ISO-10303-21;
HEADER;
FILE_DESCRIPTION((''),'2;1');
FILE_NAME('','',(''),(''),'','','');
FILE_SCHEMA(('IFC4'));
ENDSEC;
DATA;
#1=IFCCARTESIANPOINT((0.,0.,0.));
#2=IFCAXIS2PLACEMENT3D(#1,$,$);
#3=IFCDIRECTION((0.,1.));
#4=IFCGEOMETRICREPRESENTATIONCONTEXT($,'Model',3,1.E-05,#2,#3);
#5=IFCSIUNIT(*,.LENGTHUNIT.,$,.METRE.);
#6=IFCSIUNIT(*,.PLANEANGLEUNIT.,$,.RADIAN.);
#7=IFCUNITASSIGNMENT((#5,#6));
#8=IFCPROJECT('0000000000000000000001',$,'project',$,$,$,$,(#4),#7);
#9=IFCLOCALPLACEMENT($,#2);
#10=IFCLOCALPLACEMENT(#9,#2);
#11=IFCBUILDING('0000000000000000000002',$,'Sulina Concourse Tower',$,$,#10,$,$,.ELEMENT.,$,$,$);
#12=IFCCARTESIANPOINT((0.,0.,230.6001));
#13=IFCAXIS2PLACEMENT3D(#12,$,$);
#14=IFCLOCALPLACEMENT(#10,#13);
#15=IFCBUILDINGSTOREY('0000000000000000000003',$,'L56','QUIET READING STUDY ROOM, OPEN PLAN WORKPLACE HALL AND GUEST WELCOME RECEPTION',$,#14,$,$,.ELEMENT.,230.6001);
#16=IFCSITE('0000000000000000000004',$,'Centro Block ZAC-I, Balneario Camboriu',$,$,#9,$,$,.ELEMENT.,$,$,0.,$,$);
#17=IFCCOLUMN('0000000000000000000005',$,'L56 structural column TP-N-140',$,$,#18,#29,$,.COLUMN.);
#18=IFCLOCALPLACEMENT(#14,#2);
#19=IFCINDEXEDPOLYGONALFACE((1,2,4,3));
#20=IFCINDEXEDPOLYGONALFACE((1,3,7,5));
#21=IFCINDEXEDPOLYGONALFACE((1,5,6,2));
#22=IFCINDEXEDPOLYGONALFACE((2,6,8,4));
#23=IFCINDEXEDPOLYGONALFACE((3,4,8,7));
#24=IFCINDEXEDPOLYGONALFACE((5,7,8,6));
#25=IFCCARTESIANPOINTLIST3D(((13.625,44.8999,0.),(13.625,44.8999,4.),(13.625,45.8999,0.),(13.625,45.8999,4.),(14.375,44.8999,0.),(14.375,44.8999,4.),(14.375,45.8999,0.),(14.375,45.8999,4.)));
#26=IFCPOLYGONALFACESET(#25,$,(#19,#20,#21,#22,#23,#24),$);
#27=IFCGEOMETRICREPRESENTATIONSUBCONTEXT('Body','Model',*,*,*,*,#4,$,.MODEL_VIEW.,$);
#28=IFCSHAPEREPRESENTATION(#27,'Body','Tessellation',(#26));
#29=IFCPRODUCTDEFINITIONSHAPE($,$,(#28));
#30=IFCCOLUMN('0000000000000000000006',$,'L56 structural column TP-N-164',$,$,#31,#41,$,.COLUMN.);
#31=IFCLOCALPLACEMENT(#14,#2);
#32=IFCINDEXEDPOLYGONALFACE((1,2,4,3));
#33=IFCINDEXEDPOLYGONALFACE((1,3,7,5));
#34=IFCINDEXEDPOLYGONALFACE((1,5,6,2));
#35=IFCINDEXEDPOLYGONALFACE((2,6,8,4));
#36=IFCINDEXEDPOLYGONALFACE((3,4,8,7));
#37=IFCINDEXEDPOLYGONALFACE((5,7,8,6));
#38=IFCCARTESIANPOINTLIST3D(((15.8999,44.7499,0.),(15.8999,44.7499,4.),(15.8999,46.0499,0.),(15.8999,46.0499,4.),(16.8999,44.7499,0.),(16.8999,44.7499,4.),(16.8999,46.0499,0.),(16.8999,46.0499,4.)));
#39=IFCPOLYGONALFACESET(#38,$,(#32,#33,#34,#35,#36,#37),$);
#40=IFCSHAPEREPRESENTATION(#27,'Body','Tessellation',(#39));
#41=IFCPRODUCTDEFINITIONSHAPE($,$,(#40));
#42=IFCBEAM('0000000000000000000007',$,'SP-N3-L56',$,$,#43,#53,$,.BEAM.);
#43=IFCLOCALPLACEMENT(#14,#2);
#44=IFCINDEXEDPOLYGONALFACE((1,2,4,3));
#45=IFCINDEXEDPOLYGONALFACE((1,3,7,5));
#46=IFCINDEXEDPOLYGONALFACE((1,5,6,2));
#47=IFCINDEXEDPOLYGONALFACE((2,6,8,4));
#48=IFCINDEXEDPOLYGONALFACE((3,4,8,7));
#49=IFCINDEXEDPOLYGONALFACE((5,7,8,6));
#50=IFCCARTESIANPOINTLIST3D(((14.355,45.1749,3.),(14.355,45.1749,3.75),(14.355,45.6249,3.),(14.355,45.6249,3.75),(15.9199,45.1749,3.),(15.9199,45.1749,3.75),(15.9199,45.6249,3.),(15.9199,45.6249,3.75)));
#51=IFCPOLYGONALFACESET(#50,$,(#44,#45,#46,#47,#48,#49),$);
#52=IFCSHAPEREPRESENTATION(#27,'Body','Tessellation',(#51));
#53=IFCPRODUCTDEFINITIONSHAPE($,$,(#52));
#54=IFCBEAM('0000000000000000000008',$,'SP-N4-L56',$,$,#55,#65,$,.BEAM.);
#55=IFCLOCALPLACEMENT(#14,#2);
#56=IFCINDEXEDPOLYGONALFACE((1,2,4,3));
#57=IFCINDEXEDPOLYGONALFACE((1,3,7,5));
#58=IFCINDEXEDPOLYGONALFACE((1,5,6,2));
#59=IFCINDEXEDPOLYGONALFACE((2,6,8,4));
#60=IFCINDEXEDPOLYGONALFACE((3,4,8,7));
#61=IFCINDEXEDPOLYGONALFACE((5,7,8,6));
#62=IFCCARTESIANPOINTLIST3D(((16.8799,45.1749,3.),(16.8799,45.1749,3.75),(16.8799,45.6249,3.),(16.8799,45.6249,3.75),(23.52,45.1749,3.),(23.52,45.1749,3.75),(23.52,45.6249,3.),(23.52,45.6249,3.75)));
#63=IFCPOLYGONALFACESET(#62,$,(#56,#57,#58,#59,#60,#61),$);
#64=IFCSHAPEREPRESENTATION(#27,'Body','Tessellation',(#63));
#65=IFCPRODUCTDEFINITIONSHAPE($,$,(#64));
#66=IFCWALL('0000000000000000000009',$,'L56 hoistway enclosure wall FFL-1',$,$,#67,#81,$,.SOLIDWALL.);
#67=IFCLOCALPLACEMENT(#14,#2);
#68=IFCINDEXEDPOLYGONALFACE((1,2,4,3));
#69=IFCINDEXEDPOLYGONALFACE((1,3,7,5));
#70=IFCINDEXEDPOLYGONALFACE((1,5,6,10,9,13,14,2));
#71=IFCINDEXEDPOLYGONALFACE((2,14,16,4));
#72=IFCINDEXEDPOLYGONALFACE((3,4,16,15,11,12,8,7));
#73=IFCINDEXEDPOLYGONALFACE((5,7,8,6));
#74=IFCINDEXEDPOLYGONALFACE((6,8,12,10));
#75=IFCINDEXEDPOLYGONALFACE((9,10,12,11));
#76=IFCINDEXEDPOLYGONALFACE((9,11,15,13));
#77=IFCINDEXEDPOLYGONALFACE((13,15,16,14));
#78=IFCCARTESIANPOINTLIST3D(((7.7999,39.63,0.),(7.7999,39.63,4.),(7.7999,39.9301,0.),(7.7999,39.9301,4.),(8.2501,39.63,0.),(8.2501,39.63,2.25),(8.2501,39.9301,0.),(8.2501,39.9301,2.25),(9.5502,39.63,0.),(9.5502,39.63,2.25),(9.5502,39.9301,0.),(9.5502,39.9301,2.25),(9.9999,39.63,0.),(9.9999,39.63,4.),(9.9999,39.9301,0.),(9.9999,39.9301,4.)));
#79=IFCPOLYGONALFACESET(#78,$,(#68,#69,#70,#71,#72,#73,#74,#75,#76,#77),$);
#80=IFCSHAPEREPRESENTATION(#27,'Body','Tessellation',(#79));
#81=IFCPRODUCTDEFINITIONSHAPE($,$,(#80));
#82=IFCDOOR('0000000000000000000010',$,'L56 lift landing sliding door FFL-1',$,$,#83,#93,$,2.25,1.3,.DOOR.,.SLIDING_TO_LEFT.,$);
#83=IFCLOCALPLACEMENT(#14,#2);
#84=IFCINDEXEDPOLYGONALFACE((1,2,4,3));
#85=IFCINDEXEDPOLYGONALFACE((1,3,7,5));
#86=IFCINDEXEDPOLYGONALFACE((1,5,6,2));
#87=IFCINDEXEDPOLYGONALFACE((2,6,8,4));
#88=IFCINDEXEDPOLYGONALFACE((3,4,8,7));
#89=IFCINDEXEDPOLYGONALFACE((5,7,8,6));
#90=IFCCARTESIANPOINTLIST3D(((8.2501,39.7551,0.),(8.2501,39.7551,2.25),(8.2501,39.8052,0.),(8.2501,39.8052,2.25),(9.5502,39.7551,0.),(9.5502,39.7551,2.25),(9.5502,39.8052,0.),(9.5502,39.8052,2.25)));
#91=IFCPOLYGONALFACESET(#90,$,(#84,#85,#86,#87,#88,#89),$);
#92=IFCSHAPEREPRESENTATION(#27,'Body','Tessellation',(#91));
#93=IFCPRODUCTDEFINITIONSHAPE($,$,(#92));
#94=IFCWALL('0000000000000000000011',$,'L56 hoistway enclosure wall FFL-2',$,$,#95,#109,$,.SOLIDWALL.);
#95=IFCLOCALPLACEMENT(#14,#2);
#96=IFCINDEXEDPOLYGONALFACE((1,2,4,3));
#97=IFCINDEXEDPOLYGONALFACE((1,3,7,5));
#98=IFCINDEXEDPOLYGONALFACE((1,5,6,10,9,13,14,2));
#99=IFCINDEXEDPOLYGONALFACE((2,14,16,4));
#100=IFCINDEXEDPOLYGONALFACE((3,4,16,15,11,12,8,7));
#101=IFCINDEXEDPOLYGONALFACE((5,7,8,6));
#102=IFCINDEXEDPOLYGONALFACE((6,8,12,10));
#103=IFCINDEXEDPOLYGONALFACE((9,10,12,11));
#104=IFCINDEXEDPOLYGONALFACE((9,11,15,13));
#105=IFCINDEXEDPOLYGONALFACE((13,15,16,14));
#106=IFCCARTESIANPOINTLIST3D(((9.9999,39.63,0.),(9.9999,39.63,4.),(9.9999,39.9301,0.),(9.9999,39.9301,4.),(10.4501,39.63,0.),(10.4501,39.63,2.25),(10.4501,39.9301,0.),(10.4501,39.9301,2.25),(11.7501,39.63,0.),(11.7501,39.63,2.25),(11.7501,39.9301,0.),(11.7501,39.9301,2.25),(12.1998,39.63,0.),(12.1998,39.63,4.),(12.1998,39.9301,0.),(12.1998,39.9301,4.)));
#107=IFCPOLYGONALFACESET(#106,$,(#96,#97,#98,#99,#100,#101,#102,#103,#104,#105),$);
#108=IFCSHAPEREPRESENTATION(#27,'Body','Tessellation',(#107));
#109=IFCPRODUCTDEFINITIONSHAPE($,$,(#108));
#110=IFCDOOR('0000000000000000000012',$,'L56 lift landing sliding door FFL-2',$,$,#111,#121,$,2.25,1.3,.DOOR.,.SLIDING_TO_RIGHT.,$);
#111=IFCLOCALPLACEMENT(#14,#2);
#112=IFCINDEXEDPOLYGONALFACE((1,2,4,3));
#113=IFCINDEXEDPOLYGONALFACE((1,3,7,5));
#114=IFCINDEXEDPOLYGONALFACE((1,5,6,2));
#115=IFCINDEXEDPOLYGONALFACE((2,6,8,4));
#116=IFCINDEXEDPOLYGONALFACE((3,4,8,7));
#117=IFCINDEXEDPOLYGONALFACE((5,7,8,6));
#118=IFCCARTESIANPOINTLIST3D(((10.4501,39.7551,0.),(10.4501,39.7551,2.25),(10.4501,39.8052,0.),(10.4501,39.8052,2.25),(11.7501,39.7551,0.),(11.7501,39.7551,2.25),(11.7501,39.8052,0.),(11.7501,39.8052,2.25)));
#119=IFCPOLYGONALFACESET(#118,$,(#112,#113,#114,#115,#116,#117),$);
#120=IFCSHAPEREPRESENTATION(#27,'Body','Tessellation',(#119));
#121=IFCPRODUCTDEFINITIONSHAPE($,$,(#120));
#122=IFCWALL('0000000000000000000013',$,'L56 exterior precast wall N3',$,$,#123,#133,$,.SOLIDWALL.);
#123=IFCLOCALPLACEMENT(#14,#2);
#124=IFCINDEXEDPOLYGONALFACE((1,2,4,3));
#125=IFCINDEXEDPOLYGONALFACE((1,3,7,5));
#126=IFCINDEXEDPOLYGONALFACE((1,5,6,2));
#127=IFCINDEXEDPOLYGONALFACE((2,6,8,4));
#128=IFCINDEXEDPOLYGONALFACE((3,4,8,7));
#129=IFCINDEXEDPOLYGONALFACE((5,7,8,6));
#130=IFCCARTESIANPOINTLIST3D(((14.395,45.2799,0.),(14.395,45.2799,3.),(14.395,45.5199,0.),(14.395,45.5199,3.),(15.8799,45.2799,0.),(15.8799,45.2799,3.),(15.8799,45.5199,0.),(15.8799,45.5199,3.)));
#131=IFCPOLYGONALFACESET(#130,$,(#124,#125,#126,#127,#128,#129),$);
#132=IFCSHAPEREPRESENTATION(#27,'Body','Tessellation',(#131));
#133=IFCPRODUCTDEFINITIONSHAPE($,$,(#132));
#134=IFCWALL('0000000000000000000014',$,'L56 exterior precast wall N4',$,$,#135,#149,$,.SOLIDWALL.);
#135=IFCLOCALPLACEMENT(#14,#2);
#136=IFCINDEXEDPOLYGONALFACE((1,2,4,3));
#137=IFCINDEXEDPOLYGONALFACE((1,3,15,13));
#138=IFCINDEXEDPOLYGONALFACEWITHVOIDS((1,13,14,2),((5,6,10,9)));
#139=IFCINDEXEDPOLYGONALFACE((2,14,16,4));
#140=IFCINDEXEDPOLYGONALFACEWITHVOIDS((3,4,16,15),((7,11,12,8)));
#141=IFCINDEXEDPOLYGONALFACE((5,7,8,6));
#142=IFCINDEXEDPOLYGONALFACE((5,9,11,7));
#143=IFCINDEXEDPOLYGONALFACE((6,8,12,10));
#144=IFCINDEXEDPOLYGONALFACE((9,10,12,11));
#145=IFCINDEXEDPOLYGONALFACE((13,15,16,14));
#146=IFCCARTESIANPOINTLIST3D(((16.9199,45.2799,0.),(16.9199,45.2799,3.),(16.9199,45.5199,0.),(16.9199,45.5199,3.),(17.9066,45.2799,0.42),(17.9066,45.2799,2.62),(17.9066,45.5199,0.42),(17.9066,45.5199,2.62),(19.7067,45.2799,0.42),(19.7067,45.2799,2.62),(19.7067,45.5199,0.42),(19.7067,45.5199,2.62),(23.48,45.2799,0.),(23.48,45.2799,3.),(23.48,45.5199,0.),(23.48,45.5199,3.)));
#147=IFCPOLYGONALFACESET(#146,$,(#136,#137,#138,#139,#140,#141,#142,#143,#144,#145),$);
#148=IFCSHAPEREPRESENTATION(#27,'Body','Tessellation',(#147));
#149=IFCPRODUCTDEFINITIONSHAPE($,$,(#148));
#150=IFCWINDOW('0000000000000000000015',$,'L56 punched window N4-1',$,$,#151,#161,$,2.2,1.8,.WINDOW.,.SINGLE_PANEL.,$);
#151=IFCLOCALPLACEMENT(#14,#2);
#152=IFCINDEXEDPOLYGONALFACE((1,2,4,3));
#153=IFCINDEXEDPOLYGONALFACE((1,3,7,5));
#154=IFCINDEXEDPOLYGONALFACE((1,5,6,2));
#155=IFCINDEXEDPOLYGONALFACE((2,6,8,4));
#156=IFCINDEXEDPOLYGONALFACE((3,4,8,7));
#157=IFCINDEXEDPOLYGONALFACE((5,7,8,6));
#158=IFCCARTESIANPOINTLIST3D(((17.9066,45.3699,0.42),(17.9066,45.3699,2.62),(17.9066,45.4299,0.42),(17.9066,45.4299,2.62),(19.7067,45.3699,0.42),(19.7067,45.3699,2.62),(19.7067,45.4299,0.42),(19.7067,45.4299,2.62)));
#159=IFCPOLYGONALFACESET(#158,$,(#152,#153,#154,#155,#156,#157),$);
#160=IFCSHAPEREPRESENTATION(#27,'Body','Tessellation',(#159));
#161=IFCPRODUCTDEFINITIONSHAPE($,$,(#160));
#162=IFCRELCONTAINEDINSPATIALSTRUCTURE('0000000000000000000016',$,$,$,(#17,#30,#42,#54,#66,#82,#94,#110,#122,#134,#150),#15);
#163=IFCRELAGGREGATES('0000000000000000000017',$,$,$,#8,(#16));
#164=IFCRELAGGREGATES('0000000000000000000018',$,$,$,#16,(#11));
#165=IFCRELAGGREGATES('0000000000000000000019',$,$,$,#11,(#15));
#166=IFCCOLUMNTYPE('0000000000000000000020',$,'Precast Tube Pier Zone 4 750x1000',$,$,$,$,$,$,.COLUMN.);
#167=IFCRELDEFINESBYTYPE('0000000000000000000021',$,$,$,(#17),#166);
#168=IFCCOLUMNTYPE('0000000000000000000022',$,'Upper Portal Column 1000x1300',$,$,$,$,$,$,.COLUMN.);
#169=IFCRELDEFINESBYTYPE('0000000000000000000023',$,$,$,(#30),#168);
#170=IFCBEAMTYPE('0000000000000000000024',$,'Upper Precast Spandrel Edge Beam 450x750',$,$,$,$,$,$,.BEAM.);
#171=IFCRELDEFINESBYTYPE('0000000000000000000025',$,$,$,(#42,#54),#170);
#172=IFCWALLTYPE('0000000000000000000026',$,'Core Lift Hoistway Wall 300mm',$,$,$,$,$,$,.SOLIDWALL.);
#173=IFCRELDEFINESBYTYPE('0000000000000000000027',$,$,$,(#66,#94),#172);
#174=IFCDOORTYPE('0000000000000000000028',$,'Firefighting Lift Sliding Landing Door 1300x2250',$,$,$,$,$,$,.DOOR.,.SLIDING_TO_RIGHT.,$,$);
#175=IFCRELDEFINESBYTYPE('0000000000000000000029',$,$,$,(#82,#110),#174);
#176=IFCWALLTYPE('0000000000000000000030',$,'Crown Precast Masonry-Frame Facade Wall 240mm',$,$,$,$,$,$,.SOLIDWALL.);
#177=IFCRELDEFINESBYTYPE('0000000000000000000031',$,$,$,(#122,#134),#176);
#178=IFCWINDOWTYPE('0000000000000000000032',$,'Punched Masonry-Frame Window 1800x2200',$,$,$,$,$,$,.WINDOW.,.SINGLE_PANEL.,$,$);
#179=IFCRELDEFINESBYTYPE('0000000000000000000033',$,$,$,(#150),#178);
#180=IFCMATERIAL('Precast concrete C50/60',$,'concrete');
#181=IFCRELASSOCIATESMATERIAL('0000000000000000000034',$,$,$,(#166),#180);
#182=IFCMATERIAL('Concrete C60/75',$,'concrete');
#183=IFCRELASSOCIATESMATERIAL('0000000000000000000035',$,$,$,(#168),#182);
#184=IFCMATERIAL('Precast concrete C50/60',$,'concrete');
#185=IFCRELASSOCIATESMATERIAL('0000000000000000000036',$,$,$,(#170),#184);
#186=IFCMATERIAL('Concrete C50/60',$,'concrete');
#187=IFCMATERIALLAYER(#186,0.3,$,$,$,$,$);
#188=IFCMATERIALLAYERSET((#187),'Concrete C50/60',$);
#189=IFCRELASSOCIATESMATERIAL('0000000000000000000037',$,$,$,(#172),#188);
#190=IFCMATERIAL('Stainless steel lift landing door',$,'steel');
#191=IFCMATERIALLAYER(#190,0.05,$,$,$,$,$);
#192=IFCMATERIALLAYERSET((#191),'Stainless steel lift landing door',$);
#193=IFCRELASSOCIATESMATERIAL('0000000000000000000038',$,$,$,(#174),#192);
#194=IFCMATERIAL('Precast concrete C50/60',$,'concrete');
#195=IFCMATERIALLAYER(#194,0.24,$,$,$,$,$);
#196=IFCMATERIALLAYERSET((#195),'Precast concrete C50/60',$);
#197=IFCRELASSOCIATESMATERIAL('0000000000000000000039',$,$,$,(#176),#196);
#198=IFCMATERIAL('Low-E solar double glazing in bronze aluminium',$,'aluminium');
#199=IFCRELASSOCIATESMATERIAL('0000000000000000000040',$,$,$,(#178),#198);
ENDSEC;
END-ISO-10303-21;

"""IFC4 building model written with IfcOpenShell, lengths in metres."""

from ifc_helpers import new_model, si_unit, direction, frame, frame_2d, origin, origin_2d, place, context, subcontext, project, spatial, rectangle, extrude, material, layer, layer_set, material_profile, profile_set, type_object, element, fill, save


model = new_model("IFC4")

# Units and contexts
model_context = context("Model", 3, precision=1e-05, world=origin(), true_north=direction((0.0, 1.0)))
body_context = subcontext(model_context, "Body", "Model", "MODEL_VIEW")
ifc_project = project(units=[si_unit("LENGTHUNIT", "METRE"), si_unit("PLANEANGLEUNIT", "RADIAN")], contexts=[model_context])

# Site, building, storey
site_placement = place(None, origin())
site = spatial("IfcSite", under=ifc_project, at=site_placement, Name="Centro Block ZAC-I, Balneario Camboriu", CompositionType="ELEMENT", RefElevation=0.0)
building_placement = place(site_placement, origin())
building = spatial("IfcBuilding", under=site, at=building_placement, Name="Sulina Concourse Tower", CompositionType="ELEMENT")
storey_placement = place(building_placement, frame((0.0, 0.0, 230.6001)))
storey = spatial("IfcBuildingStorey", under=building, at=storey_placement, Name="L56", Description="QUIET READING STUDY ROOM, OPEN PLAN WORKPLACE HALL AND GUEST WELCOME RECEPTION", CompositionType="ELEMENT", Elevation=230.6001)

# Columns
ifc_material_1 = material(Name="Precast concrete C50/60", Category="concrete")
ifc_material_profile_1 = material_profile(ifc_material_1, rectangle(XDim=0.75, YDim=1.0, at=origin_2d()), Name="PC 750x1000")
ifc_profile_set_1 = profile_set([ifc_material_profile_1], Name="Precast concrete C50/60")
column_type_1 = type_object("IfcColumnType", Name="Precast Tube Pier Zone 4 750x1000", PredefinedType="COLUMN", material=ifc_profile_set_1)
column_1_placement = place(storey_placement, frame((14.0, 45.3999, 0.0), z_axis=(0.0, 0.0, 1.0), x_axis=(1.0, 0.0, 0.0)))
element("IfcColumn", 1, at=column_1_placement, inside=storey, type_object=column_type_1, Name="L56 structural column TP-N-140", PredefinedType="COLUMN", context=body_context, shape_type="SweptSolid", body=[
    extrude(rectangle(XDim=0.75, YDim=1.0, at=origin_2d()), origin(), (0.0, 0.0, 1.0), 4.0),
])
ifc_material_2 = material(Name="Concrete C60/75", Category="concrete")
ifc_material_profile_2 = material_profile(ifc_material_2, rectangle(XDim=1.0, YDim=1.3, at=origin_2d()), Name="RC 1000x1300")
ifc_profile_set_2 = profile_set([ifc_material_profile_2], Name="Concrete C60/75")
column_type_2 = type_object("IfcColumnType", Name="Upper Portal Column 1000x1300", PredefinedType="COLUMN", material=ifc_profile_set_2)
column_2_placement = place(storey_placement, frame((16.3999, 45.3999, 0.0), z_axis=(0.0, 0.0, 1.0), x_axis=(1.0, 0.0, 0.0)))
element("IfcColumn", 2, at=column_2_placement, inside=storey, type_object=column_type_2, Name="L56 structural column TP-N-164", PredefinedType="COLUMN", context=body_context, shape_type="SweptSolid", body=[
    extrude(rectangle(XDim=1.0, YDim=1.3, at=origin_2d()), origin(), (0.0, 0.0, 1.0), 4.0),
])

# Beams
ifc_material_3 = material(Name="Precast concrete C50/60", Category="concrete")
ifc_material_profile_3 = material_profile(ifc_material_3, rectangle(XDim=0.45, YDim=0.75, at=origin_2d()), Name="RC 450x750")
ifc_profile_set_3 = profile_set([ifc_material_profile_3], Name="Precast concrete C50/60")
beam_type = type_object("IfcBeamType", Name="Upper Precast Spandrel Edge Beam 450x750", PredefinedType="BEAM", material=ifc_profile_set_3)
beam_1_placement = place(storey_placement, frame((14.355, 45.3999, 3.375), z_axis=(1.0, 0.0, 0.0), x_axis=(0.0, 1.0, 0.0)))
element("IfcBeam", 3, at=beam_1_placement, inside=storey, type_object=beam_type, Name="SP-N3-L56", PredefinedType="BEAM", context=body_context, shape_type="SweptSolid", body=[
    extrude(rectangle(XDim=0.45, YDim=0.75, at=origin_2d()), origin(), (0.0, 0.0, 1.0), 1.5649),
])
beam_2_placement = place(storey_placement, frame((16.8799, 45.3999, 3.375), z_axis=(1.0, 0.0, 0.0), x_axis=(0.0, 1.0, 0.0)))
element("IfcBeam", 4, at=beam_2_placement, inside=storey, type_object=beam_type, Name="SP-N4-L56", PredefinedType="BEAM", context=body_context, shape_type="SweptSolid", body=[
    extrude(rectangle(XDim=0.45, YDim=0.75, at=origin_2d()), origin(), (0.0, 0.0, 1.0), 6.6401),
])

# Walls, openings, doors
ifc_material_4 = material(Name="Concrete C50/60", Category="concrete")
ifc_layer_1 = layer(ifc_material_4, 0.3)
ifc_layer_set_1 = layer_set([ifc_layer_1], Name="Concrete C50/60")
wall_type_1 = type_object("IfcWallType", Name="Core Lift Hoistway Wall 300mm", PredefinedType="SOLIDWALL", material=ifc_layer_set_1)
wall_1_placement = place(storey_placement, frame((10.0, 39.78, 0.0), z_axis=(0.0, 0.0, 1.0), x_axis=(-1.0, 0.0, 0.0)))
wall_1 = element("IfcWall", 5, at=wall_1_placement, inside=storey, type_object=wall_type_1, Name="L56 hoistway enclosure wall FFL-1", PredefinedType="SOLIDWALL", context=body_context, shape_type="SweptSolid", body=[
    extrude(rectangle(XDim=2.2, YDim=0.3, at=frame_2d((1.1001, 0.0))), origin(), (0.0, 0.0, 1.0), 4.0),
])
opening_1_placement = place(wall_1_placement, frame((0.45, 0.0, 0.0)))
opening_1 = element("IfcOpeningElement", 6, at=opening_1_placement, cuts=wall_1, PredefinedType="OPENING", context=body_context, shape_type="SweptSolid", body=[
    extrude(rectangle(XDim=1.3, YDim=2.25, at=frame_2d((0.6499, 1.125))), frame((0.0, 0.1599, 0.0), z_axis=(0.0, -1.0, 0.0), x_axis=(1.0, 0.0, 0.0)), (0.0, 0.0, 1.0), 0.3201),
])
ifc_material_5 = material(Name="Stainless steel lift landing door", Category="steel")
ifc_layer_2 = layer(ifc_material_5, 0.05)
ifc_layer_set_2 = layer_set([ifc_layer_2], Name="Stainless steel lift landing door")
door_type_1 = type_object("IfcDoorType", Name="Firefighting Lift Sliding Landing Door 1300x2250", OperationType="SLIDING_TO_RIGHT", PredefinedType="DOOR", material=ifc_layer_set_2)
door_1_placement = place(opening_1_placement, origin())
door_1 = element("IfcDoor", 7, at=door_1_placement, inside=storey, type_object=door_type_1, Name="L56 lift landing sliding door FFL-1", OperationType="SLIDING_TO_LEFT", OverallHeight=2.25, OverallWidth=1.3, PredefinedType="DOOR", context=body_context, shape_type="SweptSolid", body=[
    extrude(rectangle(XDim=1.3, YDim=2.25, at=frame_2d((0.6499, 1.125))), frame((0.0, 0.0249, 0.0), z_axis=(0.0, -1.0, 0.0), x_axis=(1.0, 0.0, 0.0)), (0.0, 0.0, 1.0), 0.05),
])
fill(opening_1, door_1)
wall_2_placement = place(storey_placement, frame((12.2, 39.78, 0.0), z_axis=(0.0, 0.0, 1.0), x_axis=(-1.0, 0.0, 0.0)))
wall_2 = element("IfcWall", 8, at=wall_2_placement, inside=storey, type_object=wall_type_1, Name="L56 hoistway enclosure wall FFL-2", PredefinedType="SOLIDWALL", context=body_context, shape_type="SweptSolid", body=[
    extrude(rectangle(XDim=2.2, YDim=0.3, at=frame_2d((1.1001, 0.0))), origin(), (0.0, 0.0, 1.0), 4.0),
])
opening_2_placement = place(wall_2_placement, frame((0.45, 0.0, 0.0)))
opening_2 = element("IfcOpeningElement", 9, at=opening_2_placement, cuts=wall_2, PredefinedType="OPENING", context=body_context, shape_type="SweptSolid", body=[
    extrude(rectangle(XDim=1.3, YDim=2.25, at=frame_2d((0.6499, 1.125))), frame((0.0, 0.1599, 0.0), z_axis=(0.0, -1.0, 0.0), x_axis=(1.0, 0.0, 0.0)), (0.0, 0.0, 1.0), 0.3201),
])
door_2_placement = place(opening_2_placement, origin())
door_2 = element("IfcDoor", 10, at=door_2_placement, inside=storey, type_object=door_type_1, Name="L56 lift landing sliding door FFL-2", OperationType="SLIDING_TO_RIGHT", OverallHeight=2.25, OverallWidth=1.3, PredefinedType="DOOR", context=body_context, shape_type="SweptSolid", body=[
    extrude(rectangle(XDim=1.3, YDim=2.25, at=frame_2d((0.6499, 1.125))), frame((0.0, 0.0249, 0.0), z_axis=(0.0, -1.0, 0.0), x_axis=(1.0, 0.0, 0.0)), (0.0, 0.0, 1.0), 0.05),
])
fill(opening_2, door_2)

# Wall
ifc_material_6 = material(Name="Precast concrete C50/60", Category="concrete")
ifc_layer_3 = layer(ifc_material_6, 0.24)
ifc_layer_set_3 = layer_set([ifc_layer_3], Name="Precast concrete C50/60")
wall_type_2 = type_object("IfcWallType", Name="Crown Precast Masonry-Frame Facade Wall 240mm", PredefinedType="SOLIDWALL", material=ifc_layer_set_3)
wall_3_placement = place(storey_placement, frame((14.395, 45.3999, 0.0), z_axis=(0.0, 0.0, 1.0), x_axis=(1.0, 0.0, 0.0)))
element("IfcWall", 11, at=wall_3_placement, inside=storey, type_object=wall_type_2, Name="L56 exterior precast wall N3", PredefinedType="SOLIDWALL", context=body_context, shape_type="SweptSolid", body=[
    extrude(rectangle(XDim=1.4849, YDim=0.24, at=frame_2d((0.7424, 0.0))), origin(), (0.0, 0.0, 1.0), 3.0),
])

# Wall, opening, window
wall_4_placement = place(storey_placement, frame((16.9199, 45.3999, 0.0), z_axis=(0.0, 0.0, 1.0), x_axis=(1.0, 0.0, 0.0)))
wall_4 = element("IfcWall", 12, at=wall_4_placement, inside=storey, type_object=wall_type_2, Name="L56 exterior precast wall N4", PredefinedType="SOLIDWALL", context=body_context, shape_type="SweptSolid", body=[
    extrude(rectangle(XDim=6.5601, YDim=0.24, at=frame_2d((3.28, 0.0))), origin(), (0.0, 0.0, 1.0), 3.0),
])
opening_3_placement = place(wall_4_placement, frame((0.9868, 0.0, 0.4199)))
opening_3 = element("IfcOpeningElement", 13, at=opening_3_placement, cuts=wall_4, PredefinedType="OPENING", context=body_context, shape_type="SweptSolid", body=[
    extrude(rectangle(XDim=1.8, YDim=2.2, at=frame_2d((0.8999, 1.1001))), frame((0.0, 0.1299, 0.0), z_axis=(0.0, -1.0, 0.0), x_axis=(1.0, 0.0, 0.0)), (0.0, 0.0, 1.0), 0.26),
])
ifc_material_7 = material(Name="Low-E solar double glazing in bronze aluminium", Category="aluminium")
window_type = type_object("IfcWindowType", Name="Punched Masonry-Frame Window 1800x2200", PartitioningType="SINGLE_PANEL", PredefinedType="WINDOW", material=ifc_material_7)
window_placement = place(opening_3_placement, origin())
window = element("IfcWindow", 14, at=window_placement, inside=storey, type_object=window_type, Name="L56 punched window N4-1", OverallHeight=2.2, OverallWidth=1.8, PartitioningType="SINGLE_PANEL", PredefinedType="WINDOW", context=body_context, shape_type="SweptSolid", body=[
    extrude(rectangle(XDim=1.8, YDim=2.2, at=frame_2d((0.8999, 1.1001))), frame((0.0, 0.03, 0.0), z_axis=(0.0, -1.0, 0.0), x_axis=(1.0, 0.0, 0.0)), (0.0, 0.0, 1.0), 0.0601),
])
fill(opening_3, window)

save(model, "model.ifc")
